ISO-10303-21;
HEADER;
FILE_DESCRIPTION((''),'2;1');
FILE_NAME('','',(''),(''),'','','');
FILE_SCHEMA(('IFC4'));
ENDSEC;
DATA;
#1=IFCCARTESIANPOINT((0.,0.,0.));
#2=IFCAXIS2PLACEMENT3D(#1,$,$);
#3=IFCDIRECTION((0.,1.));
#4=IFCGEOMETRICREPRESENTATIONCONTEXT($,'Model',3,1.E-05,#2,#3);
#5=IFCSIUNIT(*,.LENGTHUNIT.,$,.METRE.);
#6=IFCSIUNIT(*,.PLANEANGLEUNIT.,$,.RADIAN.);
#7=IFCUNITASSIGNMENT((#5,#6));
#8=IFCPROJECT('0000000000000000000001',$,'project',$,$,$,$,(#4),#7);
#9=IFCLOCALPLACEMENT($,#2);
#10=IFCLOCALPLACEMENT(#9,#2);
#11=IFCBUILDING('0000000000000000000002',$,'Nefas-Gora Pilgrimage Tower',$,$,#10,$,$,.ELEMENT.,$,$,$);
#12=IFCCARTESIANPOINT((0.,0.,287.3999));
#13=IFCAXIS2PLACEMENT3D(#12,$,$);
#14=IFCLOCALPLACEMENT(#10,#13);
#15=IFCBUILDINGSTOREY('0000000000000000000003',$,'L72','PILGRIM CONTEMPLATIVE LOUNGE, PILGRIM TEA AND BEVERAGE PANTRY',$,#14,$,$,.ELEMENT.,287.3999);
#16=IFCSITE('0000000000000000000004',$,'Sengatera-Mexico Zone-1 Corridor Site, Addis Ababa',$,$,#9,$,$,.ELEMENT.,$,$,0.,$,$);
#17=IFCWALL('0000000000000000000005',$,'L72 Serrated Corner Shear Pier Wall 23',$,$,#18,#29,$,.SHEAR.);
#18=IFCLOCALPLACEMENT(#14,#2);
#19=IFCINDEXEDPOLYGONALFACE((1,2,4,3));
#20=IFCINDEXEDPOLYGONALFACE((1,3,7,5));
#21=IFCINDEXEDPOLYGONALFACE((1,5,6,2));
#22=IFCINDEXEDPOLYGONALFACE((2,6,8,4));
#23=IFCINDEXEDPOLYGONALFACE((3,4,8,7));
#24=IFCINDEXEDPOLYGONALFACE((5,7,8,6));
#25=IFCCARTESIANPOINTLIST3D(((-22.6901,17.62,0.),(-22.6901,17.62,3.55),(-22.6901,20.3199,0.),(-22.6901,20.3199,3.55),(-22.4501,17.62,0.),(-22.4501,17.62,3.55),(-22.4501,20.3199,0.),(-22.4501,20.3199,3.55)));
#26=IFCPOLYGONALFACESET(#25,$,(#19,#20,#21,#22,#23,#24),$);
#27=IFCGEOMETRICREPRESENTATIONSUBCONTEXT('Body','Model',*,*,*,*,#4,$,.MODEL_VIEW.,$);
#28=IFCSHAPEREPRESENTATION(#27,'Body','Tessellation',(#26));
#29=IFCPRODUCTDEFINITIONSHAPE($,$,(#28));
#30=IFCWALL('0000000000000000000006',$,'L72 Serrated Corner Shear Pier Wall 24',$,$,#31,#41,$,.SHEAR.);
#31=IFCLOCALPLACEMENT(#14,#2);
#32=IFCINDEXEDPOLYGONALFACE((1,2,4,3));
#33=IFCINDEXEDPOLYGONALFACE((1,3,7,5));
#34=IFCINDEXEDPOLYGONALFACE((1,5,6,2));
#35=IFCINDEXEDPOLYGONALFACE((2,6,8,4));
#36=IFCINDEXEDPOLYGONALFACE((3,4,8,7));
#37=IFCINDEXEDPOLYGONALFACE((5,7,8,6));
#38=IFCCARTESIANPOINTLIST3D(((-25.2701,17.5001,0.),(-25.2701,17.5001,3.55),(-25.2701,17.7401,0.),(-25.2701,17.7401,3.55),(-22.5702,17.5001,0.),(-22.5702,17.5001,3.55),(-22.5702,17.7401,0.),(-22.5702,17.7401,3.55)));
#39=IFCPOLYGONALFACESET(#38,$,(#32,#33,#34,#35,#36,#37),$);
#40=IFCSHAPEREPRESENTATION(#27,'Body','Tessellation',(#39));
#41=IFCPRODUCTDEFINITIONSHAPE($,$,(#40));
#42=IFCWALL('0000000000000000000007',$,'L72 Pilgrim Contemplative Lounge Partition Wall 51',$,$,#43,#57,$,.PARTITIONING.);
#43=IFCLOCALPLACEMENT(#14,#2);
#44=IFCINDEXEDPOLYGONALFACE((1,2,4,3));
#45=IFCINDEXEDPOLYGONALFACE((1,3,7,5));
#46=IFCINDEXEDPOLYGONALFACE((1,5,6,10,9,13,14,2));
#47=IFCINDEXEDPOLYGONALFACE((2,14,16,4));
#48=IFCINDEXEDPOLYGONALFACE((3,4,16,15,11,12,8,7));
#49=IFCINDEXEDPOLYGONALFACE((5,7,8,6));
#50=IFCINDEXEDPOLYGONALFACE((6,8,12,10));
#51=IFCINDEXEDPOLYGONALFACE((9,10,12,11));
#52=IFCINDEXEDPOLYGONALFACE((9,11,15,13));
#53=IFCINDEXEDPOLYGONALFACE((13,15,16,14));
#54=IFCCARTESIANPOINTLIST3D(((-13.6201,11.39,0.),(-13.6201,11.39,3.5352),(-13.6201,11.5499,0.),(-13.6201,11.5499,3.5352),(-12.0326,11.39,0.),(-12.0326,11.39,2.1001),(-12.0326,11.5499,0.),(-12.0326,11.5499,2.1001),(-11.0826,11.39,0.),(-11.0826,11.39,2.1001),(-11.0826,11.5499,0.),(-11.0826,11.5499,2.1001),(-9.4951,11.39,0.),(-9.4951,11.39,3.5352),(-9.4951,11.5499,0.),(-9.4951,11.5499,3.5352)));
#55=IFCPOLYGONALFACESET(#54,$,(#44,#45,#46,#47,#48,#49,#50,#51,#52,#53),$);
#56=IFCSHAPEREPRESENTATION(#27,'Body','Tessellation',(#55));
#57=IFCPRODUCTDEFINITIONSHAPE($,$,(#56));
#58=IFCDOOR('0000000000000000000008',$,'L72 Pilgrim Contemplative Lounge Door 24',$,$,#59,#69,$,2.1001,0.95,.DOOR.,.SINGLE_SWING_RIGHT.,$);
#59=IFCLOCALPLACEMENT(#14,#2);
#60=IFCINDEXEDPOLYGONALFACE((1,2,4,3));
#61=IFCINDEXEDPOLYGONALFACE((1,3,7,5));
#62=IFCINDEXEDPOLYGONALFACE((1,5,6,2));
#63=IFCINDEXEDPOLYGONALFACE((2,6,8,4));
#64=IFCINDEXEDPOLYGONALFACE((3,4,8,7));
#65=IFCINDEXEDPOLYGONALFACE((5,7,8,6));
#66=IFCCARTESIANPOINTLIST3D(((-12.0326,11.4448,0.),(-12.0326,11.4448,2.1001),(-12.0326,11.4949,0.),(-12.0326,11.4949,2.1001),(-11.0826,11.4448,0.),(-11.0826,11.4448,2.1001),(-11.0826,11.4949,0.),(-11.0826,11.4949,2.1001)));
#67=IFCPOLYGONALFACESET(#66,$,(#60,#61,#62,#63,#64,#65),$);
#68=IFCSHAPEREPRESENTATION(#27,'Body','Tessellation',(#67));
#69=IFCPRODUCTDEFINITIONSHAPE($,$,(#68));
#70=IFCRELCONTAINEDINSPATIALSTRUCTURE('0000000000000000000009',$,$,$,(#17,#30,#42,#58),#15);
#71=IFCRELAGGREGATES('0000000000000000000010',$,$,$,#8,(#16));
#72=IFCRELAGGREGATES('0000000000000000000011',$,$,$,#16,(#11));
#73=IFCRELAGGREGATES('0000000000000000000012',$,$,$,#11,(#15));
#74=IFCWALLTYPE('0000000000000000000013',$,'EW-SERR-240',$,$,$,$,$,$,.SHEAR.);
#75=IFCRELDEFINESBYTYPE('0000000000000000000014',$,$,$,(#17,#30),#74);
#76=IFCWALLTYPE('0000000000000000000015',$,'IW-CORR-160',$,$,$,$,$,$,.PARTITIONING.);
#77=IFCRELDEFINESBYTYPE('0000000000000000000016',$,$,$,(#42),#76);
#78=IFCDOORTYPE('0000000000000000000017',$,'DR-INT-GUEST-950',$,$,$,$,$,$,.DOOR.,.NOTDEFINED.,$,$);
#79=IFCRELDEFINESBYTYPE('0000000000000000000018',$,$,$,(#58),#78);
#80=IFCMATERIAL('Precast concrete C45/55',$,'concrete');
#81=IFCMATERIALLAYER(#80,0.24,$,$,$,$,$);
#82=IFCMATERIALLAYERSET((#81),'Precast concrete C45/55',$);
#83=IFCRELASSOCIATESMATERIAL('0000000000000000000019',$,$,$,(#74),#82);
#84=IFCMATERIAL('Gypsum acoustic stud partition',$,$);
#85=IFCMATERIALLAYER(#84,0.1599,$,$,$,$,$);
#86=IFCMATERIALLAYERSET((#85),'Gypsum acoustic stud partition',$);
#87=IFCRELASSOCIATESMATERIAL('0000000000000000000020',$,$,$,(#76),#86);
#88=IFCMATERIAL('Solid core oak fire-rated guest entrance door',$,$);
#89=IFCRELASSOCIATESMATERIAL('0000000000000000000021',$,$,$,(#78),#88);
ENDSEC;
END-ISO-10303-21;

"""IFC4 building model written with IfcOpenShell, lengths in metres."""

from ifc_helpers import new_model, si_unit, direction, frame, frame_2d, origin, place, context, subcontext, project, spatial, rectangle, extrude, source, transform, mapped, material, layer, layer_set, type_object, element, fill, save


model = new_model("IFC4")

# Units and contexts
model_context = context("Model", 3, precision=1e-05, world=origin(), true_north=direction((0.0, 1.0)))
body_context = subcontext(model_context, "Body", "Model", "MODEL_VIEW")
ifc_project = project(units=[si_unit("LENGTHUNIT", "METRE"), si_unit("PLANEANGLEUNIT", "RADIAN")], contexts=[model_context])

# Site, building, storey
site_placement = place(None, origin())
site = spatial("IfcSite", under=ifc_project, at=site_placement, Name="Sengatera-Mexico Zone-1 Corridor Site, Addis Ababa", CompositionType="ELEMENT", RefElevation=0.0)
building_placement = place(site_placement, origin())
building = spatial("IfcBuilding", under=site, at=building_placement, Name="Nefas-Gora Pilgrimage Tower", CompositionType="ELEMENT")
storey_placement = place(building_placement, frame((0.0, 0.0, 287.3999)))
storey = spatial("IfcBuildingStorey", under=building, at=storey_placement, Name="L72", Description="PILGRIM CONTEMPLATIVE LOUNGE, PILGRIM TEA AND BEVERAGE PANTRY", CompositionType="ELEMENT", Elevation=287.3999)

# Shared definitions
ifc_material_1 = material(Name="Precast concrete C45/55", Category="concrete")
ifc_layer_1 = layer(ifc_material_1, 0.24)
ifc_layer_set_1 = layer_set([ifc_layer_1], Name="Precast concrete C45/55")
wall_type_1 = type_object("IfcWallType", Name="EW-SERR-240", PredefinedType="SHEAR", material=ifc_layer_set_1)
shared_shape_1 = source(origin(), body_context, "Body", "SweptSolid", [
    extrude(rectangle(XDim=2.7, YDim=0.24, at=frame_2d((1.3501, 0.0))), origin(), (0.0, 0.0, 1.0), 3.55),
])

# Walls
for number, where, z_axis, x_axis, name in (
    (1, (-22.5701, 20.3201, 0.0), (0.0, 0.0, 1.0), (0.0, -1.0, 0.0), "L72 Serrated Corner Shear Pier Wall 23"),
    (2, (-22.5701, 17.6201, 0.0), (0.0, 0.0, 1.0), (-1.0, 0.0, 0.0), "L72 Serrated Corner Shear Pier Wall 24"),
):
    element("IfcWall", number, at=place(storey_placement, frame(where, z_axis=z_axis, x_axis=x_axis)), inside=storey, type_object=wall_type_1, Name=name, PredefinedType="SHEAR", context=body_context, shape_type="MappedRepresentation", body=[
        mapped(shared_shape_1, transform((0.0, 0.0, 0.0), x_axis=(1.0, 0.0, 0.0), y_axis=(0.0, 1.0, 0.0), z_axis=(0.0, 0.0, 1.0), scale=1.0)),
    ])

# Wall, opening, door
ifc_material_2 = material(Name="Gypsum acoustic stud partition")
ifc_layer_2 = layer(ifc_material_2, 0.1599)
ifc_layer_set_2 = layer_set([ifc_layer_2], Name="Gypsum acoustic stud partition")
wall_type_2 = type_object("IfcWallType", Name="IW-CORR-160", PredefinedType="PARTITIONING", material=ifc_layer_set_2)
shared_shape_2 = source(origin(), body_context, "Body", "SweptSolid", [
    extrude(rectangle(XDim=4.125, YDim=0.1599, at=frame_2d((2.0625, 0.0))), origin(), (0.0, 0.0, 1.0), 3.5352),
])
wall_1_placement = place(storey_placement, frame((-13.6201, 11.47, 0.0), z_axis=(0.0, 0.0, 1.0), x_axis=(1.0, 0.0, 0.0)))
wall_1 = element("IfcWall", 3, at=wall_1_placement, inside=storey, type_object=wall_type_2, Name="L72 Pilgrim Contemplative Lounge Partition Wall 51", PredefinedType="PARTITIONING", context=body_context, shape_type="MappedRepresentation", body=[
    mapped(shared_shape_2, transform((0.0, 0.0, 0.0), x_axis=(1.0, 0.0, 0.0), y_axis=(0.0, 1.0, 0.0), z_axis=(0.0, 0.0, 1.0), scale=1.0)),
])
opening_1_placement = place(wall_1_placement, frame((1.5874, 0.0, 0.0)))
opening_1 = element("IfcOpeningElement", 4, at=opening_1_placement, cuts=wall_1, PredefinedType="OPENING", context=body_context, shape_type="SweptSolid", body=[
    extrude(rectangle(XDim=0.95, YDim=2.1001, at=frame_2d((0.4751, 1.05))), frame((0.0, 0.0898, 0.0), z_axis=(0.0, -1.0, 0.0), x_axis=(1.0, 0.0, 0.0)), (0.0, 0.0, 1.0), 0.1799),
])
ifc_material_3 = material(Name="Solid core oak fire-rated guest entrance door")
door_type = type_object("IfcDoorType", Name="DR-INT-GUEST-950", OperationType="NOTDEFINED", PredefinedType="DOOR", material=ifc_material_3)
shared_shape_3 = source(origin(), body_context, "Body", "SweptSolid", [
    extrude(rectangle(XDim=0.95, YDim=2.1001, at=frame_2d((0.4751, 1.05))), frame((0.0, 0.0249, 0.0), z_axis=(0.0, -1.0, 0.0), x_axis=(1.0, 0.0, 0.0)), (0.0, 0.0, 1.0), 0.05),
])
door_placement = place(opening_1_placement, origin())
door = element("IfcDoor", 5, at=door_placement, inside=storey, type_object=door_type, Name="L72 Pilgrim Contemplative Lounge Door 24", OperationType="SINGLE_SWING_RIGHT", OverallHeight=2.1001, OverallWidth=0.95, PredefinedType="DOOR", context=body_context, shape_type="MappedRepresentation", body=[
    mapped(shared_shape_3, transform((0.0, 0.0, 0.0), x_axis=(1.0, 0.0, 0.0), y_axis=(0.0, 1.0, 0.0), z_axis=(0.0, 0.0, 1.0), scale=1.0)),
])
fill(opening_1, door)

save(model, "model.ifc")
